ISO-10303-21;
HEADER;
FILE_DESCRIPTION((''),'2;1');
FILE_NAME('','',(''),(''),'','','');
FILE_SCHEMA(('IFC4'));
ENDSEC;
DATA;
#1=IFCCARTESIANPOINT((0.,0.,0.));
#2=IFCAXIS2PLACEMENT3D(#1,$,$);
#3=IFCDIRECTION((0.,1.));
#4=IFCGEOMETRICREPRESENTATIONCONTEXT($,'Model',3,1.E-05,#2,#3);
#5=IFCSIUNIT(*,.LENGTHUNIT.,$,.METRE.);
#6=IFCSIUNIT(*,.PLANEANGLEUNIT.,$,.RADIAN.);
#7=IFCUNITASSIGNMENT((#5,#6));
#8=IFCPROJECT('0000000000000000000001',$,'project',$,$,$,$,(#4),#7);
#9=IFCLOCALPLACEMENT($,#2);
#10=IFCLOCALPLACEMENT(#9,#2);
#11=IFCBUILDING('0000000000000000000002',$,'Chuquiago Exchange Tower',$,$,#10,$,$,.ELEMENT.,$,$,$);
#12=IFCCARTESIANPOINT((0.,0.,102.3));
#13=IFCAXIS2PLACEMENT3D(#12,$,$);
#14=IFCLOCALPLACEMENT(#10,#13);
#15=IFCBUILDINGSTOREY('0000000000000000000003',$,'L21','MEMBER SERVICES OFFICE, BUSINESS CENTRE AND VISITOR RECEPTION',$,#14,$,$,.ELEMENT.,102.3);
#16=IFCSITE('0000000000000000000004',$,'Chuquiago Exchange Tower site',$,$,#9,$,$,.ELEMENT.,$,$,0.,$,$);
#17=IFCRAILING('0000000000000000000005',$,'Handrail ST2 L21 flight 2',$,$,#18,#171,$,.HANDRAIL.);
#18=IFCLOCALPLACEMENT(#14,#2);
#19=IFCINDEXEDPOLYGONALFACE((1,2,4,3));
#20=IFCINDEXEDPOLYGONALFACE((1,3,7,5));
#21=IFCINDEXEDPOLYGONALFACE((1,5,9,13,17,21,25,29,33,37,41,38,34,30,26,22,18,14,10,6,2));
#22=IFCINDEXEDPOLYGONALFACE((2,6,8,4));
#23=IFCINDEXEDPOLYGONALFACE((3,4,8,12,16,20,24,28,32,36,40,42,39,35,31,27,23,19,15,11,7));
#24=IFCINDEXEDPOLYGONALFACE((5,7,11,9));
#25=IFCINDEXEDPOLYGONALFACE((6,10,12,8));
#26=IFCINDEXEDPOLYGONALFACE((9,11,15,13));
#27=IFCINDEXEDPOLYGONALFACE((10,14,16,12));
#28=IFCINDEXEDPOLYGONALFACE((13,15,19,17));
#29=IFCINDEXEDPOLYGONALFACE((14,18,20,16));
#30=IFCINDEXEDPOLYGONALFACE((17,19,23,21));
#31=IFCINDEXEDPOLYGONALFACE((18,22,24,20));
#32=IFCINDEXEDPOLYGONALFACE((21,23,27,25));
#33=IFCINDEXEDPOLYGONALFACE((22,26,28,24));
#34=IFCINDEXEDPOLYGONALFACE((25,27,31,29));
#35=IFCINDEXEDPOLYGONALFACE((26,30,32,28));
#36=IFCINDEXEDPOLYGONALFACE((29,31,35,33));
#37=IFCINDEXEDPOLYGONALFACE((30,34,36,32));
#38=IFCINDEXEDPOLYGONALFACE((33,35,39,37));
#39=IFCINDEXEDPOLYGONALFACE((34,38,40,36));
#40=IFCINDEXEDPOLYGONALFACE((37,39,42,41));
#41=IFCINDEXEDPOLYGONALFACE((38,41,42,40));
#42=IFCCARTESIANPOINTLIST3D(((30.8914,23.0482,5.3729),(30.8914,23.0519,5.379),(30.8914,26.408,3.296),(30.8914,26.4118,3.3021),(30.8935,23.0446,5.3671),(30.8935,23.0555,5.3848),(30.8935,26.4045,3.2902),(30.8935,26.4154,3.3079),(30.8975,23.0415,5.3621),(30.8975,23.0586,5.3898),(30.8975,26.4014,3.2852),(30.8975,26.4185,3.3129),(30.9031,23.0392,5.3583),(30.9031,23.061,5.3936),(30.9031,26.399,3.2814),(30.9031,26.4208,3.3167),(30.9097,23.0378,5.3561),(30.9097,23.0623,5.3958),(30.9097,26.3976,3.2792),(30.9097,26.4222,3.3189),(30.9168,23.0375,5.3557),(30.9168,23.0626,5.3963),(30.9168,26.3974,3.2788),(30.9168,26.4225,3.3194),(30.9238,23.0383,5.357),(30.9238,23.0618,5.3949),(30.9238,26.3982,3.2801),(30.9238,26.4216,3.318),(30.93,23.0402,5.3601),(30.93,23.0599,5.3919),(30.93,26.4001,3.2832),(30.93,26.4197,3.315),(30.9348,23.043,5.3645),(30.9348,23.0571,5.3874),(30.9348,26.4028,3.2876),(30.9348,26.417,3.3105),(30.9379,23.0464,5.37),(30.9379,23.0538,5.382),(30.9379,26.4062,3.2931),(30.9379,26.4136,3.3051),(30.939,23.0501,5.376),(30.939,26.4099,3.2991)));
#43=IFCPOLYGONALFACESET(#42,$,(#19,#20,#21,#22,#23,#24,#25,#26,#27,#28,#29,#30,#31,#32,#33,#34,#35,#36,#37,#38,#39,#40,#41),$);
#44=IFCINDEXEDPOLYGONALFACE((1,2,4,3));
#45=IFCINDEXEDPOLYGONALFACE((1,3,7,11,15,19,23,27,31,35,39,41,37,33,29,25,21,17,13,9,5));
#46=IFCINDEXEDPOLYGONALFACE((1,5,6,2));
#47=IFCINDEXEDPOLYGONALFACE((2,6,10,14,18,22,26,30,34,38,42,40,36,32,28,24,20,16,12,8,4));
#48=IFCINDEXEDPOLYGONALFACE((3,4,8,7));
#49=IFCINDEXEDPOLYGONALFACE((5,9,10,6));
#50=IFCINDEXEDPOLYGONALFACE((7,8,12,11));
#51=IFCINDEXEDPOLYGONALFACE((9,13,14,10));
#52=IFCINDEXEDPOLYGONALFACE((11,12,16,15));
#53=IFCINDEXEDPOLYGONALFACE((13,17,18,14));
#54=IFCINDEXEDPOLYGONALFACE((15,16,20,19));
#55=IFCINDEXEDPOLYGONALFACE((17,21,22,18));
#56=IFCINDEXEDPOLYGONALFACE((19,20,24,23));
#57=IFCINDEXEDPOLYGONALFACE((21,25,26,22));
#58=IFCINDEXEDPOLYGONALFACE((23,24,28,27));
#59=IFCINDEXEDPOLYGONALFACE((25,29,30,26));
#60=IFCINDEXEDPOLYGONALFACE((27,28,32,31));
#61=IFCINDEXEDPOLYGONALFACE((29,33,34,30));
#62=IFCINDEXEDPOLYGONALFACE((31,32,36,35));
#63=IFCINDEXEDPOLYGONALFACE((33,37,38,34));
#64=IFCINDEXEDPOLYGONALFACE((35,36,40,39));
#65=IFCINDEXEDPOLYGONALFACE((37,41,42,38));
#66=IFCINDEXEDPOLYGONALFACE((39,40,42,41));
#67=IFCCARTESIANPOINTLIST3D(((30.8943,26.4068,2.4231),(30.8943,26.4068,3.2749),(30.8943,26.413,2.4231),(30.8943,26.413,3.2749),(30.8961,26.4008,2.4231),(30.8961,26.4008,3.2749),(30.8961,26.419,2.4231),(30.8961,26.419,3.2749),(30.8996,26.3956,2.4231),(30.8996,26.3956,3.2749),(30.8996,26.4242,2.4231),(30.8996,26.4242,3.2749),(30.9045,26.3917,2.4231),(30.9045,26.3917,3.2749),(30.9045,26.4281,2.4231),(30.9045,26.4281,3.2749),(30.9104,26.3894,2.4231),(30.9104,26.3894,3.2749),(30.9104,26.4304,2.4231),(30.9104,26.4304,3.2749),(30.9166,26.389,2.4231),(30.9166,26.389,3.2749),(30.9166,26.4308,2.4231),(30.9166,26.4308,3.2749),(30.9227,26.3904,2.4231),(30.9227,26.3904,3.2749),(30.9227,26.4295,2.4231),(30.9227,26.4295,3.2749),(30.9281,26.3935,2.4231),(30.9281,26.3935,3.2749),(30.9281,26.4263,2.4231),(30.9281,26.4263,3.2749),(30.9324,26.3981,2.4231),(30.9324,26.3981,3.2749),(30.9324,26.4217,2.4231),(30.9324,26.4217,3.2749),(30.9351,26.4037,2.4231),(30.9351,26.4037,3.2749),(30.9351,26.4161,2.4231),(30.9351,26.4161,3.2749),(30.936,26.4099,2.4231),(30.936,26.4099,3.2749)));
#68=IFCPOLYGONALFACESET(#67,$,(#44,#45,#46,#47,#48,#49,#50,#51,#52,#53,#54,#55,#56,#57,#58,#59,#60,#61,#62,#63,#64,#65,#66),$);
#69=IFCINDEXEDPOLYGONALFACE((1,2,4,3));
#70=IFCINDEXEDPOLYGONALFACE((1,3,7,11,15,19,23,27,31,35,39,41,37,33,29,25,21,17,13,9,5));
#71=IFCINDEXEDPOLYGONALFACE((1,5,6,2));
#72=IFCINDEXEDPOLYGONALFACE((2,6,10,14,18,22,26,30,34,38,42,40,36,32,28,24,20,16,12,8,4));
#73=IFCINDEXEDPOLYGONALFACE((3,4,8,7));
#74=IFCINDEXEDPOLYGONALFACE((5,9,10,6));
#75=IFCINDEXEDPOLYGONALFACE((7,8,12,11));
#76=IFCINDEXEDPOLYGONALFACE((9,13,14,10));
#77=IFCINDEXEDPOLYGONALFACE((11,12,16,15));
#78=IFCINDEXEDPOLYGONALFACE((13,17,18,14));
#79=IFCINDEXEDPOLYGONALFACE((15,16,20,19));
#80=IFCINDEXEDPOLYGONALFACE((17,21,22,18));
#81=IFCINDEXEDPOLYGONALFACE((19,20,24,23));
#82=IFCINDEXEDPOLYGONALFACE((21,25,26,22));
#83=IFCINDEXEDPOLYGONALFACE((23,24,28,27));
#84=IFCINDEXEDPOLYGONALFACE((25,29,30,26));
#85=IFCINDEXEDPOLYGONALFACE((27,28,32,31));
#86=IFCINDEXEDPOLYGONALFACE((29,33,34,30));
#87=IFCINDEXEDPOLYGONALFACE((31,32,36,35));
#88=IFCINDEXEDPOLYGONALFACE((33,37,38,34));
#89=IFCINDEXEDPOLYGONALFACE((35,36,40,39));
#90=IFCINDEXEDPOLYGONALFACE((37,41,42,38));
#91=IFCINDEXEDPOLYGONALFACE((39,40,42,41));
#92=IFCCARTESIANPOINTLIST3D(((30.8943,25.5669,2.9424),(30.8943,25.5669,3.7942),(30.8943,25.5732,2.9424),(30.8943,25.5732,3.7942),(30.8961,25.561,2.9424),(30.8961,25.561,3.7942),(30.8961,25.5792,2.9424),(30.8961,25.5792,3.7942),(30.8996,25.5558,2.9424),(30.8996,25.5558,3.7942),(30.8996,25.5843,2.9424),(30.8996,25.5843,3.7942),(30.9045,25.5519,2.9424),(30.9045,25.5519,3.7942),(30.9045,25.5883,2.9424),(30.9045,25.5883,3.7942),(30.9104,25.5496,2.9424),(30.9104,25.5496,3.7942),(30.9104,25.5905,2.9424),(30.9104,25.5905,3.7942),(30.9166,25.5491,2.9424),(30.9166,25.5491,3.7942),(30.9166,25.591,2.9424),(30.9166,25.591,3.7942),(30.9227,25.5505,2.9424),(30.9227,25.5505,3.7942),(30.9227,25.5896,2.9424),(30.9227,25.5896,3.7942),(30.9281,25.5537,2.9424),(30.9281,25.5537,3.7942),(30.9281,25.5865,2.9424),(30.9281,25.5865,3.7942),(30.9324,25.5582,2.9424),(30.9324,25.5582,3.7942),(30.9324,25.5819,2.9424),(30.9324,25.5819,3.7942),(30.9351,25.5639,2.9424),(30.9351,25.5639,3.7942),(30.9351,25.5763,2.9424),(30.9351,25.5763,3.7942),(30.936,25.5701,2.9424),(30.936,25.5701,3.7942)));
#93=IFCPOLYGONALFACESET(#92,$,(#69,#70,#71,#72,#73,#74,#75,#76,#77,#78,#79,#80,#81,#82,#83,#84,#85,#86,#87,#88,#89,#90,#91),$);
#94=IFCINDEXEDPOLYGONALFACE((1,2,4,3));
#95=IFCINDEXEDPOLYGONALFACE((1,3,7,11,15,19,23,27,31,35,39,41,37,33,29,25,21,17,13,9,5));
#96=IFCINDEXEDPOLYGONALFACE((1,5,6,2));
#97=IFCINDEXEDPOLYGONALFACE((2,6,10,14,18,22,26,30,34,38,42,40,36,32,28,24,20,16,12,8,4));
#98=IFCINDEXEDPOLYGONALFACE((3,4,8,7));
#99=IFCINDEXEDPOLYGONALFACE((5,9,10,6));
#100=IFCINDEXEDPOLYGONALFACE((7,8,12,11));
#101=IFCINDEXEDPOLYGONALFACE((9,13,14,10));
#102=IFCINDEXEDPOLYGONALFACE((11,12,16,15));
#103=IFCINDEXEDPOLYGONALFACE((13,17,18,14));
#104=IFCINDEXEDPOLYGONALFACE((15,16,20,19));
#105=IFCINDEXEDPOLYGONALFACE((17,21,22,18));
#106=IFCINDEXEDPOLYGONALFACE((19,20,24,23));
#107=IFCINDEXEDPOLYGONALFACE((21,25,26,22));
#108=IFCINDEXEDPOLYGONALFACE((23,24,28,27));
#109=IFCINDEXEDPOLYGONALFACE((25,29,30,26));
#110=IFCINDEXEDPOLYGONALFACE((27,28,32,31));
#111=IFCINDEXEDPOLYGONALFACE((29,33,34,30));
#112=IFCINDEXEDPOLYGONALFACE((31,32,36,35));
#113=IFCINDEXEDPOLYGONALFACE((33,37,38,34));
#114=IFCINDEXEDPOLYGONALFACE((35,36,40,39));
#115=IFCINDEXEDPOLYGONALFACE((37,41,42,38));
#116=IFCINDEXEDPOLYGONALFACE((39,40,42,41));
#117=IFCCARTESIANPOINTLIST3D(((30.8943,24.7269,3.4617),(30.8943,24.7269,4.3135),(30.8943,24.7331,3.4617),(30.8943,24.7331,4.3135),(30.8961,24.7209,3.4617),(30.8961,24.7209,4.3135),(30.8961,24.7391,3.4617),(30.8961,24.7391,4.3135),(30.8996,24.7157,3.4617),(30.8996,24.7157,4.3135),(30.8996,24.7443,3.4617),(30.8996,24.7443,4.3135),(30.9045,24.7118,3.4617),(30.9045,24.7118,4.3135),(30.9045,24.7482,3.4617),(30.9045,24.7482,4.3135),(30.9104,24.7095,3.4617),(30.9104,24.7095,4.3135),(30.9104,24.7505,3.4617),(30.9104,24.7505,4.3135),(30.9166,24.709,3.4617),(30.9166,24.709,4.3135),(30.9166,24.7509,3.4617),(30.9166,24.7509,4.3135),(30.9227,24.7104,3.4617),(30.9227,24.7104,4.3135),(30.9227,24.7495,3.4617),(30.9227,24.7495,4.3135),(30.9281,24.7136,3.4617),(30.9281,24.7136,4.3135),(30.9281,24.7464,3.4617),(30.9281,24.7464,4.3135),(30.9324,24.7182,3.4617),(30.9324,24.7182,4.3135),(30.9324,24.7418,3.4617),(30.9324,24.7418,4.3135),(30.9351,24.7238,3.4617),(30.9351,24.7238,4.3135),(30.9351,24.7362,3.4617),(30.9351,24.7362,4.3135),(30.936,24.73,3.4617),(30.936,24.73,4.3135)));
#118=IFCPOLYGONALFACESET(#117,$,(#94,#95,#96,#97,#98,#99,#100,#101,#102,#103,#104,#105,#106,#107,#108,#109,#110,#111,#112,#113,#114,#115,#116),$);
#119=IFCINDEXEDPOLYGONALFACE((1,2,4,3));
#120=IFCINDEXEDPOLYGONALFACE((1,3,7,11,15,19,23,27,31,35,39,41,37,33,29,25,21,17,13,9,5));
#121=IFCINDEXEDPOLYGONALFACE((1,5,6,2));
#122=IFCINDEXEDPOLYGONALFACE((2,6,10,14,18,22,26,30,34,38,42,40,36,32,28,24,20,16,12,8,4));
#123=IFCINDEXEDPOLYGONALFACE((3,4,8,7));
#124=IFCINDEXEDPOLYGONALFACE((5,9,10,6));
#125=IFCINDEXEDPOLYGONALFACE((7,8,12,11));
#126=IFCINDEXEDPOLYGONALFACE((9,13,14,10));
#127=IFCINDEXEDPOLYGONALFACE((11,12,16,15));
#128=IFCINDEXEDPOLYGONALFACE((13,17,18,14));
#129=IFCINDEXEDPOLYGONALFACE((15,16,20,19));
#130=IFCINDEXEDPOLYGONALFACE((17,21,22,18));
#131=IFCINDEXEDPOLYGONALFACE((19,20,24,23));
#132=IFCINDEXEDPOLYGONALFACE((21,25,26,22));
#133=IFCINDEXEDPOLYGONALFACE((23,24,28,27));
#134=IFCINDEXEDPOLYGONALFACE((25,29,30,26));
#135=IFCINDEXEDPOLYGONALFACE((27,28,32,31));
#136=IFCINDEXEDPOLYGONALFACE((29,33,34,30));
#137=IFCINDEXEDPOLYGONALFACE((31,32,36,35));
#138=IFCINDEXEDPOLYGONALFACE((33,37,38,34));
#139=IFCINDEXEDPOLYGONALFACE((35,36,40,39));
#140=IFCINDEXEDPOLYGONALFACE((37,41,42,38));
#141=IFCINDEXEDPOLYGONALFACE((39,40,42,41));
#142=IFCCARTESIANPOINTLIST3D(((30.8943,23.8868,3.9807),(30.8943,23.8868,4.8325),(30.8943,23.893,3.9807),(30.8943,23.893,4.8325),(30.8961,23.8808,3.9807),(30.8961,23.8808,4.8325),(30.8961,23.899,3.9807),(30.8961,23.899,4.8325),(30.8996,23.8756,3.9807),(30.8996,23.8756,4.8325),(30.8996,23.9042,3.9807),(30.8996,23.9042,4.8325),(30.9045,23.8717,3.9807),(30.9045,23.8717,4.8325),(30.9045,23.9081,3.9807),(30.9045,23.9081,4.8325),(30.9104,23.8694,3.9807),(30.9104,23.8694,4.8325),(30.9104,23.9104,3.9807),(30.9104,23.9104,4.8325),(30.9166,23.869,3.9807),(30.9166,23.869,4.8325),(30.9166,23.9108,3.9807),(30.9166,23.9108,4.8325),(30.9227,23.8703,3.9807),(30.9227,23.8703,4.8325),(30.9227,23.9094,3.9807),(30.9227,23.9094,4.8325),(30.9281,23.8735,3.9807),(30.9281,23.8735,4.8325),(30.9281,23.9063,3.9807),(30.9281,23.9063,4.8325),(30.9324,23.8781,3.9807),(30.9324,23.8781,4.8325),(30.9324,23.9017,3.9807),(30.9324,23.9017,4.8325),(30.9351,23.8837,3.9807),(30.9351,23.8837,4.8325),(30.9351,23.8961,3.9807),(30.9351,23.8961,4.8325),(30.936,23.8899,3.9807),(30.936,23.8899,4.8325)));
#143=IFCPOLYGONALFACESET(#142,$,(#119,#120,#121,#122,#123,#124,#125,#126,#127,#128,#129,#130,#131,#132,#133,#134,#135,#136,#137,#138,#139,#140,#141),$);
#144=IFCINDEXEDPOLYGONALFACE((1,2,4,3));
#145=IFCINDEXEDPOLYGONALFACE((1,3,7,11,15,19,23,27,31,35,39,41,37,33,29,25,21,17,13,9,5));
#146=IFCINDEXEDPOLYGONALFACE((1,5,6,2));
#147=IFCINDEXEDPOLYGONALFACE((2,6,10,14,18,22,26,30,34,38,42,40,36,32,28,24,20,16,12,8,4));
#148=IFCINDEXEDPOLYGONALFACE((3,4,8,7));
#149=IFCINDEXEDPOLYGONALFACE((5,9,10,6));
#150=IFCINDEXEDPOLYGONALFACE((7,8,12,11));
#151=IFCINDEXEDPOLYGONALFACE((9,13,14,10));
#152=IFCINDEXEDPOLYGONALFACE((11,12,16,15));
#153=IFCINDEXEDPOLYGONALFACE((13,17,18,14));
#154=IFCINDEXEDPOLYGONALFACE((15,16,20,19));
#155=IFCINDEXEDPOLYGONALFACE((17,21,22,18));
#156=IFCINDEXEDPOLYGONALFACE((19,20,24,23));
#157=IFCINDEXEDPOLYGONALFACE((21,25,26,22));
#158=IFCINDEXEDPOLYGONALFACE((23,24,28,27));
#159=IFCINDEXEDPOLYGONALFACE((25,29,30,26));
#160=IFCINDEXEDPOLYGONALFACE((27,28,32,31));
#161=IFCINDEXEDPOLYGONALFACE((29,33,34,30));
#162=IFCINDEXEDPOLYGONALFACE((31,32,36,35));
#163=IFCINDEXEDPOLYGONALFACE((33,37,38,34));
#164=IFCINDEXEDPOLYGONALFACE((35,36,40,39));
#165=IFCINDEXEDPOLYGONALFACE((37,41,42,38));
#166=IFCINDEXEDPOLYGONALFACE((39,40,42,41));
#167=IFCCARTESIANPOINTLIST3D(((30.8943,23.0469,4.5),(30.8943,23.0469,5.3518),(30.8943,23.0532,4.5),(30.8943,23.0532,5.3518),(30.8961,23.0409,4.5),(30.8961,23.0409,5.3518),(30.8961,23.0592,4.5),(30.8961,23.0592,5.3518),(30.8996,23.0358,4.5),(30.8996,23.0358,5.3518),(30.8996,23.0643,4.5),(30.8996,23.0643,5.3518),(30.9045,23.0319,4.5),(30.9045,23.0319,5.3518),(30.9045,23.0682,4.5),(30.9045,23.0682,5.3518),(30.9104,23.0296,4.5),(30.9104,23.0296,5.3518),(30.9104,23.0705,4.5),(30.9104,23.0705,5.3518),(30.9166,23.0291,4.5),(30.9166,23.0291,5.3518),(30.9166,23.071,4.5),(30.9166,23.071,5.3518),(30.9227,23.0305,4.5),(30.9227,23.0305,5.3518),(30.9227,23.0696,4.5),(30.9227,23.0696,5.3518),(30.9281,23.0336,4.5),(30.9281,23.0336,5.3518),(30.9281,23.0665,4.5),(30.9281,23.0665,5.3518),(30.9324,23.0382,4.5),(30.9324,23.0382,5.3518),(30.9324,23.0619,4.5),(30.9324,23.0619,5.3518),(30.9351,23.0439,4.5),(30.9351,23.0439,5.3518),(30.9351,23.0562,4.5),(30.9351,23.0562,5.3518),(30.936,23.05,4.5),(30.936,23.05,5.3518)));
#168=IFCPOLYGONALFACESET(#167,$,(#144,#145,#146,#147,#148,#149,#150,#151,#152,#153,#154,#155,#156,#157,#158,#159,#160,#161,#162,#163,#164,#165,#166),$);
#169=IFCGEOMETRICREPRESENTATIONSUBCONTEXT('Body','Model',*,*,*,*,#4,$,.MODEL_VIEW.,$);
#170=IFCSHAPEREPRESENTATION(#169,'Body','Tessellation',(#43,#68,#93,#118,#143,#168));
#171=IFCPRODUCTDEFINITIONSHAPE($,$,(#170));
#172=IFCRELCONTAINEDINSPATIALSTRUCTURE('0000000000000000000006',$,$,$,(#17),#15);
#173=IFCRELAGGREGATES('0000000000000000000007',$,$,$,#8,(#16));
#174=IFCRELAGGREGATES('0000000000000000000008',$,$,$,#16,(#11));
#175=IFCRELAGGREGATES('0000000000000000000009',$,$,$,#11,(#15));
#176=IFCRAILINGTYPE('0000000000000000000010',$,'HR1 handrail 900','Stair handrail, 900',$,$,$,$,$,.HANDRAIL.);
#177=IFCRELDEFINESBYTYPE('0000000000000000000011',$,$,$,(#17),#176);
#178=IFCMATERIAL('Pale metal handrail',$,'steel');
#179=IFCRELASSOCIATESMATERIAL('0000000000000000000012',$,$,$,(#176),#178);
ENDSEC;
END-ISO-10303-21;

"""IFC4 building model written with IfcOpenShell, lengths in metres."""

from ifc_helpers import new_model, si_unit, direction, frame, origin, origin_2d, place, context, subcontext, project, spatial, circle, extrude, material, type_object, element, save


model = new_model("IFC4")

# Units and contexts
model_context = context("Model", 3, precision=1e-05, world=origin(), true_north=direction((0.0, 1.0)))
body_context = subcontext(model_context, "Body", "Model", "MODEL_VIEW")
ifc_project = project(units=[si_unit("LENGTHUNIT", "METRE"), si_unit("PLANEANGLEUNIT", "RADIAN")], contexts=[model_context])

# Site, building, storey
site_placement = place(None, origin())
site = spatial("IfcSite", under=ifc_project, at=site_placement, Name="Chuquiago Exchange Tower site", CompositionType="ELEMENT", RefElevation=0.0)
building_placement = place(site_placement, origin())
building = spatial("IfcBuilding", under=site, at=building_placement, Name="Chuquiago Exchange Tower", CompositionType="ELEMENT")
storey_placement = place(building_placement, frame((0.0, 0.0, 102.3)))
storey = spatial("IfcBuildingStorey", under=building, at=storey_placement, Name="L21", Description="MEMBER SERVICES OFFICE, BUSINESS CENTRE AND VISITOR RECEPTION", CompositionType="ELEMENT", Elevation=102.3)

# Railing
ifc_material_1 = material(Name="Pale metal handrail", Category="steel")
railing_type_1 = type_object("IfcRailingType", Name="HR1 handrail 900", Description="Stair handrail, 900", PredefinedType="HANDRAIL", material=ifc_material_1)
for number, where, name in (
    (1, (30.915, 26.4099, 2.4231), "Handrail ST2 L21 flight 2"),
):
    element("IfcRailing", number, at=place(storey_placement, frame(where)), inside=storey, type_object=railing_type_1, Name=name, PredefinedType="HANDRAIL", context=body_context, shape_type="SweptSolid", body=[
        extrude(circle(Radius=0.0239, at=origin_2d()), frame((0.0, 0.0, 0.876), z_axis=(0.0, -0.850606, 0.525803), x_axis=(1.0, 0.0, 0.0)), (0.0, 0.0, 1.0), 3.95),
        extrude(circle(Radius=0.021, at=origin_2d()), origin(), (0.0, 0.0, 1.0), 0.8518),
        extrude(circle(Radius=0.021, at=origin_2d()), frame((0.0, -0.8398, 0.5193)), (0.0, 0.0, 1.0), 0.8518),
        extrude(circle(Radius=0.021, at=origin_2d()), frame((0.0, -1.6799, 1.0386)), (0.0, 0.0, 1.0), 0.8518),
        extrude(circle(Radius=0.021, at=origin_2d()), frame((0.0, -2.52, 1.5576)), (0.0, 0.0, 1.0), 0.8518),
        extrude(circle(Radius=0.021, at=origin_2d()), frame((0.0, -3.3599, 2.0769)), (0.0, 0.0, 1.0), 0.8518),
    ])

save(model, "model.ifc")
